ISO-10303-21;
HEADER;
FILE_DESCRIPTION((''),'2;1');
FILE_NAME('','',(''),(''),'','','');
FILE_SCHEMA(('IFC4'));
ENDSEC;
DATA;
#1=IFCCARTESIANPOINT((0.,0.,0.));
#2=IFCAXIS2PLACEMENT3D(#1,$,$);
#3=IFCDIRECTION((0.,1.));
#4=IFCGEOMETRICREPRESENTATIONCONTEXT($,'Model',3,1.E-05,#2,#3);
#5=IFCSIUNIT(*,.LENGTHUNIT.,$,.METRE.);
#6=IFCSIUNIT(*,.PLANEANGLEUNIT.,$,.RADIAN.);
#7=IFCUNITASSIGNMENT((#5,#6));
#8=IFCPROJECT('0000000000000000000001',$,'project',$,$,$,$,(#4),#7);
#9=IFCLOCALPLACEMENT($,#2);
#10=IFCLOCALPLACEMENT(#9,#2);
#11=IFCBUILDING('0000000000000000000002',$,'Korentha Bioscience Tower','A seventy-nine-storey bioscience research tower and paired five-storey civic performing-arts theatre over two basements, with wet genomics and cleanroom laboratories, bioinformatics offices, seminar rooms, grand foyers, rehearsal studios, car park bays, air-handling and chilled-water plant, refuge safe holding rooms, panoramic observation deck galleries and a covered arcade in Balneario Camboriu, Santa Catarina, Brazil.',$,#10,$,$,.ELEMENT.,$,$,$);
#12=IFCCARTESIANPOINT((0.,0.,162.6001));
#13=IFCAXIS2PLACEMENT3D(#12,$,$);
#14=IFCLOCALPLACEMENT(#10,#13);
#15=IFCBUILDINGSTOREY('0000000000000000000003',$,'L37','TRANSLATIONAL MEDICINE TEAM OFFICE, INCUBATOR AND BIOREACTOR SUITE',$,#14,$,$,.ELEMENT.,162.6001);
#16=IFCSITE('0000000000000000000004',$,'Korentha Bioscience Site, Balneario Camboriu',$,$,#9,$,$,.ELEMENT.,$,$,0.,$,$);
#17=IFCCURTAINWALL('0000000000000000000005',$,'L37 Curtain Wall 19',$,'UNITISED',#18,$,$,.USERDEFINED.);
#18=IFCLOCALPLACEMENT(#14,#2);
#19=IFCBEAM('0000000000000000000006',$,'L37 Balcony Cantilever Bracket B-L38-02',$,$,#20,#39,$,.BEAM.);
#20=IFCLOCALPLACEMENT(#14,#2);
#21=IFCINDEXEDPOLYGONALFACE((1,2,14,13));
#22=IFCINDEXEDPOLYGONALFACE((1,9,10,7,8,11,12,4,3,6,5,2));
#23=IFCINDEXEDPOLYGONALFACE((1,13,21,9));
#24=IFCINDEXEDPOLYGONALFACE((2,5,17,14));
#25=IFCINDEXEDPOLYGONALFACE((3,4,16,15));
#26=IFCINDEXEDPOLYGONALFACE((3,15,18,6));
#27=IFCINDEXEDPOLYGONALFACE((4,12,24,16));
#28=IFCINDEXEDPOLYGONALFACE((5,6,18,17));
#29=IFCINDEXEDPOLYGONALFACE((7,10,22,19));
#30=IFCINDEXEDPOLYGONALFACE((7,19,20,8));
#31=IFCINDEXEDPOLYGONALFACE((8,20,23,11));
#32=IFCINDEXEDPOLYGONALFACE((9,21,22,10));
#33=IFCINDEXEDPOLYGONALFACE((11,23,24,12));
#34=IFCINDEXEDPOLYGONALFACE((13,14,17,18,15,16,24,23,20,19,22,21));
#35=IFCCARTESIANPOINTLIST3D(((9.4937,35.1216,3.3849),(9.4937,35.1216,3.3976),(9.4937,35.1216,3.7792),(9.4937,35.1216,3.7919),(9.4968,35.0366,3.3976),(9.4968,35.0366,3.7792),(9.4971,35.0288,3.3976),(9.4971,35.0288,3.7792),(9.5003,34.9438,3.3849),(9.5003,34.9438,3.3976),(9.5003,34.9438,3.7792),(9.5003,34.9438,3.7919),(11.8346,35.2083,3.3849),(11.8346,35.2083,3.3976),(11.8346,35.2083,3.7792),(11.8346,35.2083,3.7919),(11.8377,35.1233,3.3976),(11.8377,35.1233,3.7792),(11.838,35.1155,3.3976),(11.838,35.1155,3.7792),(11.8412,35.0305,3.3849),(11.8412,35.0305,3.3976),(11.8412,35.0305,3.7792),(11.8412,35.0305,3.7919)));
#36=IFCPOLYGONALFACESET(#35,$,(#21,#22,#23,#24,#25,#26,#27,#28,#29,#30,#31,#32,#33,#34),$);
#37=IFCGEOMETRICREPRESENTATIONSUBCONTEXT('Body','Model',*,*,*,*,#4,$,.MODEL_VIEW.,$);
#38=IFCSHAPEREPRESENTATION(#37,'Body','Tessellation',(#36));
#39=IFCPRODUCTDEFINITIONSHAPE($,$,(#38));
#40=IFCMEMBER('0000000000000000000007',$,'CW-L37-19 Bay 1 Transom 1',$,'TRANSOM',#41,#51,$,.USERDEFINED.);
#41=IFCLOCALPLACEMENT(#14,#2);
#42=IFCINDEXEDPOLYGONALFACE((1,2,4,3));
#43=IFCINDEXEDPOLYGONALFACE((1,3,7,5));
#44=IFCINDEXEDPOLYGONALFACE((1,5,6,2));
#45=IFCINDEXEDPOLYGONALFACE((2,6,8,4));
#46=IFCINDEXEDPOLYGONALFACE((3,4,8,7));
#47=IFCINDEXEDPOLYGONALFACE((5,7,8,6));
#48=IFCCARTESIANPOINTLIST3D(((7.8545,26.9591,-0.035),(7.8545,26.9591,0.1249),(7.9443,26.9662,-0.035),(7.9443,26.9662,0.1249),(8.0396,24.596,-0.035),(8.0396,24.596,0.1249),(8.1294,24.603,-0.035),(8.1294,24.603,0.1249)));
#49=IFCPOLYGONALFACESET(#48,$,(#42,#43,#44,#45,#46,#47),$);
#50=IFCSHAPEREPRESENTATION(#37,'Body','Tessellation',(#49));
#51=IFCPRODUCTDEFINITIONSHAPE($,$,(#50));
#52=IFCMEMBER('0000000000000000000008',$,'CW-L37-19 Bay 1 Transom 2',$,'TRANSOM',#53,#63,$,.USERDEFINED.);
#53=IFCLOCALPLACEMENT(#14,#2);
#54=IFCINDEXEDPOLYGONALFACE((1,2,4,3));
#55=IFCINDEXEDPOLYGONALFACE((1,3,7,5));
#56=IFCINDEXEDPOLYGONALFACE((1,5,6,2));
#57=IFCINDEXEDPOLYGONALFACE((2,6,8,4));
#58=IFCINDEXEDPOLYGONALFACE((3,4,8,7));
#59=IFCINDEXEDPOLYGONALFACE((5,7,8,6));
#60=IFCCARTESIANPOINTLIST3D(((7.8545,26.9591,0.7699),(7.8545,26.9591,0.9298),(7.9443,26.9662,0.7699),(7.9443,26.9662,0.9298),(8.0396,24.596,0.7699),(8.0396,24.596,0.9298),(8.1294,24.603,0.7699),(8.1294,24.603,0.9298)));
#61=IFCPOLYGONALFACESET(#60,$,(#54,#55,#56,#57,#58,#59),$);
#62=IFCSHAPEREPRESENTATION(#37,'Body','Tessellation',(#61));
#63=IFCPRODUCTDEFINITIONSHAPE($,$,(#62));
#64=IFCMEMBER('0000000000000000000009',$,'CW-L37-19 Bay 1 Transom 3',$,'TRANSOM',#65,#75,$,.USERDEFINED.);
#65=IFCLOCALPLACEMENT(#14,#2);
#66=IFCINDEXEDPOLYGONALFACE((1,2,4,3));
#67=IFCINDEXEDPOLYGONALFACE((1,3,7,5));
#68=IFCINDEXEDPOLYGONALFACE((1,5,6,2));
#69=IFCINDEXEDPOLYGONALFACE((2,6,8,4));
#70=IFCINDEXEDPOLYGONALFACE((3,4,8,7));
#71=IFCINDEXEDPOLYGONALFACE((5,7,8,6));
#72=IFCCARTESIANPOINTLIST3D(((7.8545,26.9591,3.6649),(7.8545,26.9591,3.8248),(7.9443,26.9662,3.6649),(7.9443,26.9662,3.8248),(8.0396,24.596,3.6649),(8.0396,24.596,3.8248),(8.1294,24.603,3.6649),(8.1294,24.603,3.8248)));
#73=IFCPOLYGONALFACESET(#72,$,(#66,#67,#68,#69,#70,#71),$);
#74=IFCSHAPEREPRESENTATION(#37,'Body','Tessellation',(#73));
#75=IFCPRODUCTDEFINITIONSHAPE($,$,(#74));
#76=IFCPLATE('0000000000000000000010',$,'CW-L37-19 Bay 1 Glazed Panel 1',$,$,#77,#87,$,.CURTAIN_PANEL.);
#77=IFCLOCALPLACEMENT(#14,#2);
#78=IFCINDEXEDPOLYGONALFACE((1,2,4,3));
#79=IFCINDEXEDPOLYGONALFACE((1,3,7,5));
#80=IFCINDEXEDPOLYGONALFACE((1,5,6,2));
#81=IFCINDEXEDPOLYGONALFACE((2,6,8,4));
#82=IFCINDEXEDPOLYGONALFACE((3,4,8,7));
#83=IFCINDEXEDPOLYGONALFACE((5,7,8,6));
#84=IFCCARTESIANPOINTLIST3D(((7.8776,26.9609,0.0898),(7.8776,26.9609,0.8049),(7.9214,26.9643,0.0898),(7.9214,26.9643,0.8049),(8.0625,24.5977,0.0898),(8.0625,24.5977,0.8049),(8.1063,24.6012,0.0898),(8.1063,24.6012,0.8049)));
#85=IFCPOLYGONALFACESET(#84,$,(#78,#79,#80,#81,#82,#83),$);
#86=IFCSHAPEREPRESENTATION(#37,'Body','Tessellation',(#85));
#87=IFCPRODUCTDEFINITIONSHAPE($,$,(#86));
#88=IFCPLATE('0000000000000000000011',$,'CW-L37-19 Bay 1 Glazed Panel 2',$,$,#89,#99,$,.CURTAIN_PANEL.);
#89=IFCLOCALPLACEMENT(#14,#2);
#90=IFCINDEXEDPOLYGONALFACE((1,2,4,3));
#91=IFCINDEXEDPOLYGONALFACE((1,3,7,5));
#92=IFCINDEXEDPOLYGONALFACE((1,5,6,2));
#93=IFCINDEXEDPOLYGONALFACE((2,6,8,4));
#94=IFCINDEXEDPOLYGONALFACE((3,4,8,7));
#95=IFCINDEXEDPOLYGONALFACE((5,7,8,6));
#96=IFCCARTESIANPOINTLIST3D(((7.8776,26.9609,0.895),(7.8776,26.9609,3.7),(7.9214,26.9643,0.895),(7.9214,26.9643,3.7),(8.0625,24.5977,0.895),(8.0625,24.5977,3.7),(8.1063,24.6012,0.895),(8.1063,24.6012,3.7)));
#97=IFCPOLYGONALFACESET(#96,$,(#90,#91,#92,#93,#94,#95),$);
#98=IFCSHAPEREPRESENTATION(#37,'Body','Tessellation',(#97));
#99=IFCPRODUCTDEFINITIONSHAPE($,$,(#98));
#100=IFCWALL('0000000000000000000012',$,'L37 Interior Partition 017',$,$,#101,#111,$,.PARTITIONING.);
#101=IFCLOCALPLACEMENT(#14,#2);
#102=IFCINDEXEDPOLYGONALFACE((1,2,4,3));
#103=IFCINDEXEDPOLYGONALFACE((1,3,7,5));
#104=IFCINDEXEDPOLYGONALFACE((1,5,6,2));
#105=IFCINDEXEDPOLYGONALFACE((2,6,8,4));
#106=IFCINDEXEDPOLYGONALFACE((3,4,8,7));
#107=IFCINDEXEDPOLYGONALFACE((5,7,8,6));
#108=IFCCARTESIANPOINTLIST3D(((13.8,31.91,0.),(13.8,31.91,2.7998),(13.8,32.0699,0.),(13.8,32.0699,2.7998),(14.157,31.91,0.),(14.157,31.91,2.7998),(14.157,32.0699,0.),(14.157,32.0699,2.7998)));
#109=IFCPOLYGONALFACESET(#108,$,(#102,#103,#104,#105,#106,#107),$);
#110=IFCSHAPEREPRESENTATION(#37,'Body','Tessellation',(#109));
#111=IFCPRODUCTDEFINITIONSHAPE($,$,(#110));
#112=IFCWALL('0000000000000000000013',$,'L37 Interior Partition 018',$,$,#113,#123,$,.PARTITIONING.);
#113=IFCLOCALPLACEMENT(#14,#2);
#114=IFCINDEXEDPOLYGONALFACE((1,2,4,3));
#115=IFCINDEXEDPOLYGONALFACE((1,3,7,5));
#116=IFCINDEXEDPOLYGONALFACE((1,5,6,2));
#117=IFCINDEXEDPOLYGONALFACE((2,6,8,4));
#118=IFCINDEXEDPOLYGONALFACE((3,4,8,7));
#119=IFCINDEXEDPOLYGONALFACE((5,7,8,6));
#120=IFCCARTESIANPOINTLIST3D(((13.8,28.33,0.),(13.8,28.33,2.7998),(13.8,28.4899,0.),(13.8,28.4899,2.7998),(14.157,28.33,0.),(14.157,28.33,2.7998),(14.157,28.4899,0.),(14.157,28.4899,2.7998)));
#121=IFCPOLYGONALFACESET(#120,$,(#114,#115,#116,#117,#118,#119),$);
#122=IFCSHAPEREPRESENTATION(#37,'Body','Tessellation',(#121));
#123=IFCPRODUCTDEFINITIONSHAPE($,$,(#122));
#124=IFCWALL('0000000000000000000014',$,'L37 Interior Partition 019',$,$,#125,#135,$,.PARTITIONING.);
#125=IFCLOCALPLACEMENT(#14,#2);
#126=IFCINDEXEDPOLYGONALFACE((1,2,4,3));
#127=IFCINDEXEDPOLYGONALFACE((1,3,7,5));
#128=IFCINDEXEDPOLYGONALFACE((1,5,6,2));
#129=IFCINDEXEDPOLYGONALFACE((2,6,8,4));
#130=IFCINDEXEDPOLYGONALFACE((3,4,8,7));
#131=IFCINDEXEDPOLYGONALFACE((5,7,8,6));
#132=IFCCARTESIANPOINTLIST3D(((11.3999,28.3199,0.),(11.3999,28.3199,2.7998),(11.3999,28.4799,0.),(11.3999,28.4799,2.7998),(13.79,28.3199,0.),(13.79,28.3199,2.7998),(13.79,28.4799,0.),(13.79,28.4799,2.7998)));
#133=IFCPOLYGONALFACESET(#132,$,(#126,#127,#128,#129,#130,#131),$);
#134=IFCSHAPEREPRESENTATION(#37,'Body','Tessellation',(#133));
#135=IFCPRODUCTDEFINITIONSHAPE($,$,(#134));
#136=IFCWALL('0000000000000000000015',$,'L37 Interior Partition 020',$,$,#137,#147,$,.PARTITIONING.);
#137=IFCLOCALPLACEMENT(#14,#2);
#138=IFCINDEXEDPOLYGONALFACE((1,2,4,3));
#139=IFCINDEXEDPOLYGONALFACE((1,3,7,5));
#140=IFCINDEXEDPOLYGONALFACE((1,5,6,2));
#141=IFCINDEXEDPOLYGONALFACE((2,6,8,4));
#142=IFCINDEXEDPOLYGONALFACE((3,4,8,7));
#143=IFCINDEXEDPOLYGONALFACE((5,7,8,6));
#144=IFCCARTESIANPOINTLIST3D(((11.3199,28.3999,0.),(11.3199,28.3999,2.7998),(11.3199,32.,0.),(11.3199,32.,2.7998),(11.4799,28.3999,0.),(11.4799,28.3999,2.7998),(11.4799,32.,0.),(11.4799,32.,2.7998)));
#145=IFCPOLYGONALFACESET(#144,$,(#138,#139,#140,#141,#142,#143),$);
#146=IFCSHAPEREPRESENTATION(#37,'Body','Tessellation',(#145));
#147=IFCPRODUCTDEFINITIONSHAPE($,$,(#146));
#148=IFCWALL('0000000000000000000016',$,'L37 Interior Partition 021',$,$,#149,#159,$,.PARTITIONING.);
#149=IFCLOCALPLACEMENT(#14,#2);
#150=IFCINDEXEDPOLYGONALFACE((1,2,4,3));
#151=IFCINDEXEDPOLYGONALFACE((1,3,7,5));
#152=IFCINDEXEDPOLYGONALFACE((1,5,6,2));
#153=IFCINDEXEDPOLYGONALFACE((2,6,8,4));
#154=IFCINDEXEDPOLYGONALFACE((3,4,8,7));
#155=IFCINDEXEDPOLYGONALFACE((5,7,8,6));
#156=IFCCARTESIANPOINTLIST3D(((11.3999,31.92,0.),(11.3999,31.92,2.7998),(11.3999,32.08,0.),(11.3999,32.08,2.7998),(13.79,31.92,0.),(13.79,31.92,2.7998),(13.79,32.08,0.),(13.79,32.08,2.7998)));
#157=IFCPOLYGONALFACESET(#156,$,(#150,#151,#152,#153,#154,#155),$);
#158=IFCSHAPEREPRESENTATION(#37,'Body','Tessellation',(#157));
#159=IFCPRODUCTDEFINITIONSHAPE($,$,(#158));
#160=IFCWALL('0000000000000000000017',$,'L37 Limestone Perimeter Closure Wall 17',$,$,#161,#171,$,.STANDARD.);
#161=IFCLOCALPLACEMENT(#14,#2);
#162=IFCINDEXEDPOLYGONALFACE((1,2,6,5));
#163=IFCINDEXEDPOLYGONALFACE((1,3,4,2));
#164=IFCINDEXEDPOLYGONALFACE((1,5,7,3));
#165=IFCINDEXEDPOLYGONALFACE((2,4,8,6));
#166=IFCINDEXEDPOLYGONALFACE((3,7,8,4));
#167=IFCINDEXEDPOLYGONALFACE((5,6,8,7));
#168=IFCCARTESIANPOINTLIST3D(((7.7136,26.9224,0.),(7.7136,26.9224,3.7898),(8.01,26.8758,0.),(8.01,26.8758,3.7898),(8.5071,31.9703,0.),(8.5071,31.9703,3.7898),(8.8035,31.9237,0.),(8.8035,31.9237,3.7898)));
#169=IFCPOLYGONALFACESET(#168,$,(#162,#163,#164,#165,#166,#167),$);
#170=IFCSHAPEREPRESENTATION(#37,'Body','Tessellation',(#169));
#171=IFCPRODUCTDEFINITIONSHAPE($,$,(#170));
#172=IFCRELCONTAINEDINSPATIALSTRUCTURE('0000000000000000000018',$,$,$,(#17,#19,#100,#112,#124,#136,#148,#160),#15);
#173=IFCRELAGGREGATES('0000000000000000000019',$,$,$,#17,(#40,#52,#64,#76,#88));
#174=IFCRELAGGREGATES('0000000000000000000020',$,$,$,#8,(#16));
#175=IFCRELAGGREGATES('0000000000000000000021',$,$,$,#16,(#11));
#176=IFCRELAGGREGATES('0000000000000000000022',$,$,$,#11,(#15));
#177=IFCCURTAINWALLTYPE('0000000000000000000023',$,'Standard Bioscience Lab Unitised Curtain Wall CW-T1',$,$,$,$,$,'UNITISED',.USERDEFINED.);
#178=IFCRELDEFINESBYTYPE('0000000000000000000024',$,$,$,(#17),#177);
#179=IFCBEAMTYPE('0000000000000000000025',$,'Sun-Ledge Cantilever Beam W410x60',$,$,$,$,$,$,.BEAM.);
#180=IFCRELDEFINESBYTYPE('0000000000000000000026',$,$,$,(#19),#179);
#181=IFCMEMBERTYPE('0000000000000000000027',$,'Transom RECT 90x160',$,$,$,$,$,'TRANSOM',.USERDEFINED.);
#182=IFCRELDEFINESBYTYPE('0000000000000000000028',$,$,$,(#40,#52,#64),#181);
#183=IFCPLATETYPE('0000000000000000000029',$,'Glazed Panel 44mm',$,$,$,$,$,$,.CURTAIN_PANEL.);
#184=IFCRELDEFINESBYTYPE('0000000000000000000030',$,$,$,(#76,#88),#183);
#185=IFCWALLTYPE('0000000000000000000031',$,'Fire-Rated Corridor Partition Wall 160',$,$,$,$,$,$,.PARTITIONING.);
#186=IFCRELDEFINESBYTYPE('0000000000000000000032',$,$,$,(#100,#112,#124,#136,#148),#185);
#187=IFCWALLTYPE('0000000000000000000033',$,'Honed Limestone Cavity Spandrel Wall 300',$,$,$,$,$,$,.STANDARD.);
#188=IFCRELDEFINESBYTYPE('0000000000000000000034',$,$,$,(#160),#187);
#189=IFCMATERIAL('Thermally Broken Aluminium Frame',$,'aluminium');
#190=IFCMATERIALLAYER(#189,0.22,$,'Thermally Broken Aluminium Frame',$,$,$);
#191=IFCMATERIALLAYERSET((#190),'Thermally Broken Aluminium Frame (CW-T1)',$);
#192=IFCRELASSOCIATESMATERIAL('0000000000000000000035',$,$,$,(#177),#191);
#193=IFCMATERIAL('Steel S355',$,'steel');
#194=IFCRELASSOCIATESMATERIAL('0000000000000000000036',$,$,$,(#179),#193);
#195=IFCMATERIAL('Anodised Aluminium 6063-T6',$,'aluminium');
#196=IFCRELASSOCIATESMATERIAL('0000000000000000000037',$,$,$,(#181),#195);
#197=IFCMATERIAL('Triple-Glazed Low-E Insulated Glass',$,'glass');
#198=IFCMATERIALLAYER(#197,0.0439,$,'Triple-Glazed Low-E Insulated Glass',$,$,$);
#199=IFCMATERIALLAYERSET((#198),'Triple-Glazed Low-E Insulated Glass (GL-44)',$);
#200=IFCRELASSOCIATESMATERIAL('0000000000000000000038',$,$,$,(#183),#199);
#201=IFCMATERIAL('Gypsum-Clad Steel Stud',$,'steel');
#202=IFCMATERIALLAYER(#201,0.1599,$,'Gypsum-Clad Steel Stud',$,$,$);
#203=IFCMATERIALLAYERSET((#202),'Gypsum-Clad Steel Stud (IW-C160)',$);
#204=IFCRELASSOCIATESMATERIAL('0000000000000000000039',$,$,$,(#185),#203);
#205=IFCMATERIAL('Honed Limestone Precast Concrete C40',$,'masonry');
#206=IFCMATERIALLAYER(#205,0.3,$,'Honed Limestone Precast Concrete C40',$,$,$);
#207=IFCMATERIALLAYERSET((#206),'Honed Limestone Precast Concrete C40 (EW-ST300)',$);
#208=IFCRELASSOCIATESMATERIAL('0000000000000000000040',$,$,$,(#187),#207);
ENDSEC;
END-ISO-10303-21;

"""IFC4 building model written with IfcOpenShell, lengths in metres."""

from ifc_helpers import new_model, si_unit, direction, frame, frame_2d, origin, origin_2d, place, context, subcontext, project, spatial, rectangle, i_section, extrude, material, layer, layer_set, material_profile, profile_set, type_object, element, aggregate, save


model = new_model("IFC4")

# Units and contexts
model_context = context("Model", 3, precision=1e-05, world=origin(), true_north=direction((0.0, 1.0)))
body_context = subcontext(model_context, "Body", "Model", "MODEL_VIEW")
ifc_project = project(units=[si_unit("LENGTHUNIT", "METRE"), si_unit("PLANEANGLEUNIT", "RADIAN")], contexts=[model_context])

# Site, building, storey
site_placement = place(None, origin())
site = spatial("IfcSite", under=ifc_project, at=site_placement, Name="Korentha Bioscience Site, Balneario Camboriu", CompositionType="ELEMENT", RefElevation=0.0)
building_placement = place(site_placement, origin())
building = spatial("IfcBuilding", under=site, at=building_placement, Name="Korentha Bioscience Tower", Description="A seventy-nine-storey bioscience research tower and paired five-storey civic performing-arts theatre over two basements, with wet genomics and cleanroom laboratories, bioinformatics offices, seminar rooms, grand foyers, rehearsal studios, car park bays, air-handling and chilled-water plant, refuge safe holding rooms, panoramic observation deck galleries and a covered arcade in Balneario Camboriu, Santa Catarina, Brazil.", CompositionType="ELEMENT")
storey_placement = place(building_placement, frame((0.0, 0.0, 162.6001)))
storey = spatial("IfcBuildingStorey", under=building, at=storey_placement, Name="L37", Description="TRANSLATIONAL MEDICINE TEAM OFFICE, INCUBATOR AND BIOREACTOR SUITE", CompositionType="ELEMENT", Elevation=162.6001)

# Curtain wall
ifc_material_1 = material(Name="Thermally Broken Aluminium Frame", Category="aluminium")
ifc_layer_1 = layer(ifc_material_1, 0.22, Name="Thermally Broken Aluminium Frame")
ifc_layer_set_1 = layer_set([ifc_layer_1], Name="Thermally Broken Aluminium Frame (CW-T1)")
curtain_wall_type = type_object("IfcCurtainWallType", Name="Standard Bioscience Lab Unitised Curtain Wall CW-T1", ElementType="UNITISED", PredefinedType="USERDEFINED", material=ifc_layer_set_1)
curtain_wall_placement = place(storey_placement, origin())
curtain_wall = element("IfcCurtainWall", 1, at=curtain_wall_placement, inside=storey, type_object=curtain_wall_type, Name="L37 Curtain Wall 19", ObjectType="UNITISED", PredefinedType="USERDEFINED")
ifc_material_2 = material(Name="Anodised Aluminium 6063-T6", Category="aluminium")

# Beam
ifc_material_3 = material(Name="Steel S355", Category="steel")
ifc_material_profile_1 = material_profile(ifc_material_3, i_section(OverallWidth=0.178, OverallDepth=0.407, WebThickness=0.0078, FlangeThickness=0.0127, at=origin_2d()), Name="Steel S355")
ifc_profile_set_1 = profile_set([ifc_material_profile_1], Name="Steel S355 (CB-410)")
beam_type_1 = type_object("IfcBeamType", Name="Sun-Ledge Cantilever Beam W410x60", PredefinedType="BEAM", material=ifc_profile_set_1)
beam_1_placement = place(storey_placement, frame((11.8379, 35.1194, 3.5884), z_axis=(-0.999315, -0.037, 0.0), x_axis=(0.037, -0.999315, 0.0)))
element("IfcBeam", 2, at=beam_1_placement, inside=storey, type_object=beam_type_1, Name="L37 Balcony Cantilever Bracket B-L38-02", PredefinedType="BEAM", context=body_context, shape_type="SweptSolid", body=[
    extrude(i_section(OverallWidth=0.178, OverallDepth=0.407, WebThickness=0.0078, FlangeThickness=0.0127, at=origin_2d()), origin(), (0.0, 0.0, 1.0), 2.3425),
])

# Members
ifc_material_profile_2 = material_profile(ifc_material_2, rectangle(XDim=0.0901, YDim=0.1599, at=origin_2d()), Name="Anodised Aluminium 6063-T6")
ifc_profile_set_2 = profile_set([ifc_material_profile_2], Name="Anodised Aluminium 6063-T6 (CW-TRN)")
member_type_1 = type_object("IfcMemberType", Name="Transom RECT 90x160", ElementType="TRANSOM", PredefinedType="USERDEFINED", material=ifc_profile_set_2)
member_1_placement = place(storey_placement, frame((7.8994, 26.9626, 0.0449), z_axis=(0.078075, -0.996948, 0.0), x_axis=(0.996948, 0.078075, 0.0)))
member_1 = element("IfcMember", 3, at=member_1_placement, type_object=member_type_1, Name="CW-L37-19 Bay 1 Transom 1", ObjectType="TRANSOM", PredefinedType="USERDEFINED", context=body_context, shape_type="SweptSolid", body=[
    extrude(rectangle(XDim=0.0901, YDim=0.1599, at=origin_2d()), origin(), (0.0, 0.0, 1.0), 2.3704),
])
member_2_placement = place(storey_placement, frame((7.8994, 26.9626, 0.8499), z_axis=(0.078075, -0.996948, 0.0), x_axis=(0.996948, 0.078075, 0.0)))
member_2 = element("IfcMember", 4, at=member_2_placement, type_object=member_type_1, Name="CW-L37-19 Bay 1 Transom 2", ObjectType="TRANSOM", PredefinedType="USERDEFINED", context=body_context, shape_type="SweptSolid", body=[
    extrude(rectangle(XDim=0.0901, YDim=0.1599, at=origin_2d()), origin(), (0.0, 0.0, 1.0), 2.3704),
])
member_3_placement = place(storey_placement, frame((7.8994, 26.9626, 3.7449), z_axis=(0.078075, -0.996948, 0.0), x_axis=(0.996948, 0.078075, 0.0)))
member_3 = element("IfcMember", 5, at=member_3_placement, type_object=member_type_1, Name="CW-L37-19 Bay 1 Transom 3", ObjectType="TRANSOM", PredefinedType="USERDEFINED", context=body_context, shape_type="SweptSolid", body=[
    extrude(rectangle(XDim=0.0901, YDim=0.1599, at=origin_2d()), origin(), (0.0, 0.0, 1.0), 2.3704),
])

# Plates
ifc_material_4 = material(Name="Triple-Glazed Low-E Insulated Glass", Category="glass")
ifc_layer_2 = layer(ifc_material_4, 0.0439, Name="Triple-Glazed Low-E Insulated Glass")
ifc_layer_set_2 = layer_set([ifc_layer_2], Name="Triple-Glazed Low-E Insulated Glass (GL-44)")
plate_type = type_object("IfcPlateType", Name="Glazed Panel 44mm", PredefinedType="CURTAIN_PANEL", material=ifc_layer_set_2)
plate_1_placement = place(storey_placement, frame((7.9919, 25.781, 0.0898), z_axis=(0.0, 0.0, 1.0), x_axis=(0.078031, -0.996951, 0.0)))
plate_1 = element("IfcPlate", 6, at=plate_1_placement, type_object=plate_type, Name="CW-L37-19 Bay 1 Glazed Panel 1", PredefinedType="CURTAIN_PANEL", context=body_context, shape_type="SweptSolid", body=[
    extrude(rectangle(XDim=2.3704, YDim=0.0439, at=origin_2d()), origin(), (0.0, 0.0, 1.0), 0.7151),
])
plate_2_placement = place(storey_placement, frame((7.9919, 25.781, 0.895), z_axis=(0.0, 0.0, 1.0), x_axis=(0.078031, -0.996951, 0.0)))
plate_2 = element("IfcPlate", 7, at=plate_2_placement, type_object=plate_type, Name="CW-L37-19 Bay 1 Glazed Panel 2", PredefinedType="CURTAIN_PANEL", context=body_context, shape_type="SweptSolid", body=[
    extrude(rectangle(XDim=2.3704, YDim=0.0439, at=origin_2d()), origin(), (0.0, 0.0, 1.0), 2.8049),
])
aggregate(curtain_wall, [member_1, member_2, member_3, plate_1, plate_2])

# Shared definitions
ifc_material_5 = material(Name="Gypsum-Clad Steel Stud", Category="steel")
ifc_layer_3 = layer(ifc_material_5, 0.1599, Name="Gypsum-Clad Steel Stud")
ifc_layer_set_3 = layer_set([ifc_layer_3], Name="Gypsum-Clad Steel Stud (IW-C160)")
wall_type_1 = type_object("IfcWallType", Name="Fire-Rated Corridor Partition Wall 160", PredefinedType="PARTITIONING", material=ifc_layer_set_3)

# Walls
for number, where, z_axis, x_axis, name in (
    (8, (13.8, 31.99, 0.0), (0.0, 0.0, 1.0), (1.0, 0.0, 0.0), "L37 Interior Partition 017"),
    (9, (14.157, 28.4099, 0.0), (0.0, 0.0, 1.0), (-1.0, 0.0, 0.0), "L37 Interior Partition 018"),
):
    element("IfcWall", number, at=place(storey_placement, frame(where, z_axis=z_axis, x_axis=x_axis)), inside=storey, type_object=wall_type_1, Name=name, PredefinedType="PARTITIONING", context=body_context, shape_type="SweptSolid", body=[
        extrude(rectangle(XDim=0.3569, YDim=0.1599, at=frame_2d((0.1785, 0.0))), origin(), (0.0, 0.0, 1.0), 2.7998),
    ])
wall_1_placement = place(storey_placement, frame((13.79, 28.3999, 0.0), z_axis=(0.0, 0.0, 1.0), x_axis=(-1.0, 0.0, 0.0)))
element("IfcWall", 10, at=wall_1_placement, inside=storey, type_object=wall_type_1, Name="L37 Interior Partition 019", PredefinedType="PARTITIONING", context=body_context, shape_type="SweptSolid", body=[
    extrude(rectangle(XDim=2.3901, YDim=0.1599, at=frame_2d((1.1951, 0.0))), origin(), (0.0, 0.0, 1.0), 2.7998),
])
wall_2_placement = place(storey_placement, frame((11.3999, 28.3999, 0.0), z_axis=(0.0, 0.0, 1.0), x_axis=(0.0, 1.0, 0.0)))
element("IfcWall", 11, at=wall_2_placement, inside=storey, type_object=wall_type_1, Name="L37 Interior Partition 020", PredefinedType="PARTITIONING", context=body_context, shape_type="SweptSolid", body=[
    extrude(rectangle(XDim=3.6001, YDim=0.1599, at=frame_2d((1.8, 0.0))), origin(), (0.0, 0.0, 1.0), 2.7998),
])
wall_3_placement = place(storey_placement, frame((11.3999, 32.0, 0.0), z_axis=(0.0, 0.0, 1.0), x_axis=(1.0, 0.0, 0.0)))
element("IfcWall", 12, at=wall_3_placement, inside=storey, type_object=wall_type_1, Name="L37 Interior Partition 021", PredefinedType="PARTITIONING", context=body_context, shape_type="SweptSolid", body=[
    extrude(rectangle(XDim=2.3901, YDim=0.1599, at=frame_2d((1.1951, 0.0))), origin(), (0.0, 0.0, 1.0), 2.7998),
])

# Shared definitions
ifc_material_6 = material(Name="Honed Limestone Precast Concrete C40", Category="masonry")
ifc_layer_4 = layer(ifc_material_6, 0.3, Name="Honed Limestone Precast Concrete C40")
ifc_layer_set_4 = layer_set([ifc_layer_4], Name="Honed Limestone Precast Concrete C40 (EW-ST300)")
wall_type_2 = type_object("IfcWallType", Name="Honed Limestone Cavity Spandrel Wall 300", PredefinedType="STANDARD", material=ifc_layer_set_4)

# Wall
wall_4_placement = place(storey_placement, frame((8.6553, 31.947, 0.0), z_axis=(0.0, 0.0, 1.0), x_axis=(-0.15528, -0.98787, 0.0)))
element("IfcWall", 13, at=wall_4_placement, inside=storey, type_object=wall_type_2, Name="L37 Limestone Perimeter Closure Wall 17", PredefinedType="STANDARD", context=body_context, shape_type="SweptSolid", body=[
    extrude(rectangle(XDim=5.1099, YDim=0.3, at=frame_2d((2.5549, 0.0))), origin(), (0.0, 0.0, 1.0), 3.7898),
])

save(model, "model.ifc")
